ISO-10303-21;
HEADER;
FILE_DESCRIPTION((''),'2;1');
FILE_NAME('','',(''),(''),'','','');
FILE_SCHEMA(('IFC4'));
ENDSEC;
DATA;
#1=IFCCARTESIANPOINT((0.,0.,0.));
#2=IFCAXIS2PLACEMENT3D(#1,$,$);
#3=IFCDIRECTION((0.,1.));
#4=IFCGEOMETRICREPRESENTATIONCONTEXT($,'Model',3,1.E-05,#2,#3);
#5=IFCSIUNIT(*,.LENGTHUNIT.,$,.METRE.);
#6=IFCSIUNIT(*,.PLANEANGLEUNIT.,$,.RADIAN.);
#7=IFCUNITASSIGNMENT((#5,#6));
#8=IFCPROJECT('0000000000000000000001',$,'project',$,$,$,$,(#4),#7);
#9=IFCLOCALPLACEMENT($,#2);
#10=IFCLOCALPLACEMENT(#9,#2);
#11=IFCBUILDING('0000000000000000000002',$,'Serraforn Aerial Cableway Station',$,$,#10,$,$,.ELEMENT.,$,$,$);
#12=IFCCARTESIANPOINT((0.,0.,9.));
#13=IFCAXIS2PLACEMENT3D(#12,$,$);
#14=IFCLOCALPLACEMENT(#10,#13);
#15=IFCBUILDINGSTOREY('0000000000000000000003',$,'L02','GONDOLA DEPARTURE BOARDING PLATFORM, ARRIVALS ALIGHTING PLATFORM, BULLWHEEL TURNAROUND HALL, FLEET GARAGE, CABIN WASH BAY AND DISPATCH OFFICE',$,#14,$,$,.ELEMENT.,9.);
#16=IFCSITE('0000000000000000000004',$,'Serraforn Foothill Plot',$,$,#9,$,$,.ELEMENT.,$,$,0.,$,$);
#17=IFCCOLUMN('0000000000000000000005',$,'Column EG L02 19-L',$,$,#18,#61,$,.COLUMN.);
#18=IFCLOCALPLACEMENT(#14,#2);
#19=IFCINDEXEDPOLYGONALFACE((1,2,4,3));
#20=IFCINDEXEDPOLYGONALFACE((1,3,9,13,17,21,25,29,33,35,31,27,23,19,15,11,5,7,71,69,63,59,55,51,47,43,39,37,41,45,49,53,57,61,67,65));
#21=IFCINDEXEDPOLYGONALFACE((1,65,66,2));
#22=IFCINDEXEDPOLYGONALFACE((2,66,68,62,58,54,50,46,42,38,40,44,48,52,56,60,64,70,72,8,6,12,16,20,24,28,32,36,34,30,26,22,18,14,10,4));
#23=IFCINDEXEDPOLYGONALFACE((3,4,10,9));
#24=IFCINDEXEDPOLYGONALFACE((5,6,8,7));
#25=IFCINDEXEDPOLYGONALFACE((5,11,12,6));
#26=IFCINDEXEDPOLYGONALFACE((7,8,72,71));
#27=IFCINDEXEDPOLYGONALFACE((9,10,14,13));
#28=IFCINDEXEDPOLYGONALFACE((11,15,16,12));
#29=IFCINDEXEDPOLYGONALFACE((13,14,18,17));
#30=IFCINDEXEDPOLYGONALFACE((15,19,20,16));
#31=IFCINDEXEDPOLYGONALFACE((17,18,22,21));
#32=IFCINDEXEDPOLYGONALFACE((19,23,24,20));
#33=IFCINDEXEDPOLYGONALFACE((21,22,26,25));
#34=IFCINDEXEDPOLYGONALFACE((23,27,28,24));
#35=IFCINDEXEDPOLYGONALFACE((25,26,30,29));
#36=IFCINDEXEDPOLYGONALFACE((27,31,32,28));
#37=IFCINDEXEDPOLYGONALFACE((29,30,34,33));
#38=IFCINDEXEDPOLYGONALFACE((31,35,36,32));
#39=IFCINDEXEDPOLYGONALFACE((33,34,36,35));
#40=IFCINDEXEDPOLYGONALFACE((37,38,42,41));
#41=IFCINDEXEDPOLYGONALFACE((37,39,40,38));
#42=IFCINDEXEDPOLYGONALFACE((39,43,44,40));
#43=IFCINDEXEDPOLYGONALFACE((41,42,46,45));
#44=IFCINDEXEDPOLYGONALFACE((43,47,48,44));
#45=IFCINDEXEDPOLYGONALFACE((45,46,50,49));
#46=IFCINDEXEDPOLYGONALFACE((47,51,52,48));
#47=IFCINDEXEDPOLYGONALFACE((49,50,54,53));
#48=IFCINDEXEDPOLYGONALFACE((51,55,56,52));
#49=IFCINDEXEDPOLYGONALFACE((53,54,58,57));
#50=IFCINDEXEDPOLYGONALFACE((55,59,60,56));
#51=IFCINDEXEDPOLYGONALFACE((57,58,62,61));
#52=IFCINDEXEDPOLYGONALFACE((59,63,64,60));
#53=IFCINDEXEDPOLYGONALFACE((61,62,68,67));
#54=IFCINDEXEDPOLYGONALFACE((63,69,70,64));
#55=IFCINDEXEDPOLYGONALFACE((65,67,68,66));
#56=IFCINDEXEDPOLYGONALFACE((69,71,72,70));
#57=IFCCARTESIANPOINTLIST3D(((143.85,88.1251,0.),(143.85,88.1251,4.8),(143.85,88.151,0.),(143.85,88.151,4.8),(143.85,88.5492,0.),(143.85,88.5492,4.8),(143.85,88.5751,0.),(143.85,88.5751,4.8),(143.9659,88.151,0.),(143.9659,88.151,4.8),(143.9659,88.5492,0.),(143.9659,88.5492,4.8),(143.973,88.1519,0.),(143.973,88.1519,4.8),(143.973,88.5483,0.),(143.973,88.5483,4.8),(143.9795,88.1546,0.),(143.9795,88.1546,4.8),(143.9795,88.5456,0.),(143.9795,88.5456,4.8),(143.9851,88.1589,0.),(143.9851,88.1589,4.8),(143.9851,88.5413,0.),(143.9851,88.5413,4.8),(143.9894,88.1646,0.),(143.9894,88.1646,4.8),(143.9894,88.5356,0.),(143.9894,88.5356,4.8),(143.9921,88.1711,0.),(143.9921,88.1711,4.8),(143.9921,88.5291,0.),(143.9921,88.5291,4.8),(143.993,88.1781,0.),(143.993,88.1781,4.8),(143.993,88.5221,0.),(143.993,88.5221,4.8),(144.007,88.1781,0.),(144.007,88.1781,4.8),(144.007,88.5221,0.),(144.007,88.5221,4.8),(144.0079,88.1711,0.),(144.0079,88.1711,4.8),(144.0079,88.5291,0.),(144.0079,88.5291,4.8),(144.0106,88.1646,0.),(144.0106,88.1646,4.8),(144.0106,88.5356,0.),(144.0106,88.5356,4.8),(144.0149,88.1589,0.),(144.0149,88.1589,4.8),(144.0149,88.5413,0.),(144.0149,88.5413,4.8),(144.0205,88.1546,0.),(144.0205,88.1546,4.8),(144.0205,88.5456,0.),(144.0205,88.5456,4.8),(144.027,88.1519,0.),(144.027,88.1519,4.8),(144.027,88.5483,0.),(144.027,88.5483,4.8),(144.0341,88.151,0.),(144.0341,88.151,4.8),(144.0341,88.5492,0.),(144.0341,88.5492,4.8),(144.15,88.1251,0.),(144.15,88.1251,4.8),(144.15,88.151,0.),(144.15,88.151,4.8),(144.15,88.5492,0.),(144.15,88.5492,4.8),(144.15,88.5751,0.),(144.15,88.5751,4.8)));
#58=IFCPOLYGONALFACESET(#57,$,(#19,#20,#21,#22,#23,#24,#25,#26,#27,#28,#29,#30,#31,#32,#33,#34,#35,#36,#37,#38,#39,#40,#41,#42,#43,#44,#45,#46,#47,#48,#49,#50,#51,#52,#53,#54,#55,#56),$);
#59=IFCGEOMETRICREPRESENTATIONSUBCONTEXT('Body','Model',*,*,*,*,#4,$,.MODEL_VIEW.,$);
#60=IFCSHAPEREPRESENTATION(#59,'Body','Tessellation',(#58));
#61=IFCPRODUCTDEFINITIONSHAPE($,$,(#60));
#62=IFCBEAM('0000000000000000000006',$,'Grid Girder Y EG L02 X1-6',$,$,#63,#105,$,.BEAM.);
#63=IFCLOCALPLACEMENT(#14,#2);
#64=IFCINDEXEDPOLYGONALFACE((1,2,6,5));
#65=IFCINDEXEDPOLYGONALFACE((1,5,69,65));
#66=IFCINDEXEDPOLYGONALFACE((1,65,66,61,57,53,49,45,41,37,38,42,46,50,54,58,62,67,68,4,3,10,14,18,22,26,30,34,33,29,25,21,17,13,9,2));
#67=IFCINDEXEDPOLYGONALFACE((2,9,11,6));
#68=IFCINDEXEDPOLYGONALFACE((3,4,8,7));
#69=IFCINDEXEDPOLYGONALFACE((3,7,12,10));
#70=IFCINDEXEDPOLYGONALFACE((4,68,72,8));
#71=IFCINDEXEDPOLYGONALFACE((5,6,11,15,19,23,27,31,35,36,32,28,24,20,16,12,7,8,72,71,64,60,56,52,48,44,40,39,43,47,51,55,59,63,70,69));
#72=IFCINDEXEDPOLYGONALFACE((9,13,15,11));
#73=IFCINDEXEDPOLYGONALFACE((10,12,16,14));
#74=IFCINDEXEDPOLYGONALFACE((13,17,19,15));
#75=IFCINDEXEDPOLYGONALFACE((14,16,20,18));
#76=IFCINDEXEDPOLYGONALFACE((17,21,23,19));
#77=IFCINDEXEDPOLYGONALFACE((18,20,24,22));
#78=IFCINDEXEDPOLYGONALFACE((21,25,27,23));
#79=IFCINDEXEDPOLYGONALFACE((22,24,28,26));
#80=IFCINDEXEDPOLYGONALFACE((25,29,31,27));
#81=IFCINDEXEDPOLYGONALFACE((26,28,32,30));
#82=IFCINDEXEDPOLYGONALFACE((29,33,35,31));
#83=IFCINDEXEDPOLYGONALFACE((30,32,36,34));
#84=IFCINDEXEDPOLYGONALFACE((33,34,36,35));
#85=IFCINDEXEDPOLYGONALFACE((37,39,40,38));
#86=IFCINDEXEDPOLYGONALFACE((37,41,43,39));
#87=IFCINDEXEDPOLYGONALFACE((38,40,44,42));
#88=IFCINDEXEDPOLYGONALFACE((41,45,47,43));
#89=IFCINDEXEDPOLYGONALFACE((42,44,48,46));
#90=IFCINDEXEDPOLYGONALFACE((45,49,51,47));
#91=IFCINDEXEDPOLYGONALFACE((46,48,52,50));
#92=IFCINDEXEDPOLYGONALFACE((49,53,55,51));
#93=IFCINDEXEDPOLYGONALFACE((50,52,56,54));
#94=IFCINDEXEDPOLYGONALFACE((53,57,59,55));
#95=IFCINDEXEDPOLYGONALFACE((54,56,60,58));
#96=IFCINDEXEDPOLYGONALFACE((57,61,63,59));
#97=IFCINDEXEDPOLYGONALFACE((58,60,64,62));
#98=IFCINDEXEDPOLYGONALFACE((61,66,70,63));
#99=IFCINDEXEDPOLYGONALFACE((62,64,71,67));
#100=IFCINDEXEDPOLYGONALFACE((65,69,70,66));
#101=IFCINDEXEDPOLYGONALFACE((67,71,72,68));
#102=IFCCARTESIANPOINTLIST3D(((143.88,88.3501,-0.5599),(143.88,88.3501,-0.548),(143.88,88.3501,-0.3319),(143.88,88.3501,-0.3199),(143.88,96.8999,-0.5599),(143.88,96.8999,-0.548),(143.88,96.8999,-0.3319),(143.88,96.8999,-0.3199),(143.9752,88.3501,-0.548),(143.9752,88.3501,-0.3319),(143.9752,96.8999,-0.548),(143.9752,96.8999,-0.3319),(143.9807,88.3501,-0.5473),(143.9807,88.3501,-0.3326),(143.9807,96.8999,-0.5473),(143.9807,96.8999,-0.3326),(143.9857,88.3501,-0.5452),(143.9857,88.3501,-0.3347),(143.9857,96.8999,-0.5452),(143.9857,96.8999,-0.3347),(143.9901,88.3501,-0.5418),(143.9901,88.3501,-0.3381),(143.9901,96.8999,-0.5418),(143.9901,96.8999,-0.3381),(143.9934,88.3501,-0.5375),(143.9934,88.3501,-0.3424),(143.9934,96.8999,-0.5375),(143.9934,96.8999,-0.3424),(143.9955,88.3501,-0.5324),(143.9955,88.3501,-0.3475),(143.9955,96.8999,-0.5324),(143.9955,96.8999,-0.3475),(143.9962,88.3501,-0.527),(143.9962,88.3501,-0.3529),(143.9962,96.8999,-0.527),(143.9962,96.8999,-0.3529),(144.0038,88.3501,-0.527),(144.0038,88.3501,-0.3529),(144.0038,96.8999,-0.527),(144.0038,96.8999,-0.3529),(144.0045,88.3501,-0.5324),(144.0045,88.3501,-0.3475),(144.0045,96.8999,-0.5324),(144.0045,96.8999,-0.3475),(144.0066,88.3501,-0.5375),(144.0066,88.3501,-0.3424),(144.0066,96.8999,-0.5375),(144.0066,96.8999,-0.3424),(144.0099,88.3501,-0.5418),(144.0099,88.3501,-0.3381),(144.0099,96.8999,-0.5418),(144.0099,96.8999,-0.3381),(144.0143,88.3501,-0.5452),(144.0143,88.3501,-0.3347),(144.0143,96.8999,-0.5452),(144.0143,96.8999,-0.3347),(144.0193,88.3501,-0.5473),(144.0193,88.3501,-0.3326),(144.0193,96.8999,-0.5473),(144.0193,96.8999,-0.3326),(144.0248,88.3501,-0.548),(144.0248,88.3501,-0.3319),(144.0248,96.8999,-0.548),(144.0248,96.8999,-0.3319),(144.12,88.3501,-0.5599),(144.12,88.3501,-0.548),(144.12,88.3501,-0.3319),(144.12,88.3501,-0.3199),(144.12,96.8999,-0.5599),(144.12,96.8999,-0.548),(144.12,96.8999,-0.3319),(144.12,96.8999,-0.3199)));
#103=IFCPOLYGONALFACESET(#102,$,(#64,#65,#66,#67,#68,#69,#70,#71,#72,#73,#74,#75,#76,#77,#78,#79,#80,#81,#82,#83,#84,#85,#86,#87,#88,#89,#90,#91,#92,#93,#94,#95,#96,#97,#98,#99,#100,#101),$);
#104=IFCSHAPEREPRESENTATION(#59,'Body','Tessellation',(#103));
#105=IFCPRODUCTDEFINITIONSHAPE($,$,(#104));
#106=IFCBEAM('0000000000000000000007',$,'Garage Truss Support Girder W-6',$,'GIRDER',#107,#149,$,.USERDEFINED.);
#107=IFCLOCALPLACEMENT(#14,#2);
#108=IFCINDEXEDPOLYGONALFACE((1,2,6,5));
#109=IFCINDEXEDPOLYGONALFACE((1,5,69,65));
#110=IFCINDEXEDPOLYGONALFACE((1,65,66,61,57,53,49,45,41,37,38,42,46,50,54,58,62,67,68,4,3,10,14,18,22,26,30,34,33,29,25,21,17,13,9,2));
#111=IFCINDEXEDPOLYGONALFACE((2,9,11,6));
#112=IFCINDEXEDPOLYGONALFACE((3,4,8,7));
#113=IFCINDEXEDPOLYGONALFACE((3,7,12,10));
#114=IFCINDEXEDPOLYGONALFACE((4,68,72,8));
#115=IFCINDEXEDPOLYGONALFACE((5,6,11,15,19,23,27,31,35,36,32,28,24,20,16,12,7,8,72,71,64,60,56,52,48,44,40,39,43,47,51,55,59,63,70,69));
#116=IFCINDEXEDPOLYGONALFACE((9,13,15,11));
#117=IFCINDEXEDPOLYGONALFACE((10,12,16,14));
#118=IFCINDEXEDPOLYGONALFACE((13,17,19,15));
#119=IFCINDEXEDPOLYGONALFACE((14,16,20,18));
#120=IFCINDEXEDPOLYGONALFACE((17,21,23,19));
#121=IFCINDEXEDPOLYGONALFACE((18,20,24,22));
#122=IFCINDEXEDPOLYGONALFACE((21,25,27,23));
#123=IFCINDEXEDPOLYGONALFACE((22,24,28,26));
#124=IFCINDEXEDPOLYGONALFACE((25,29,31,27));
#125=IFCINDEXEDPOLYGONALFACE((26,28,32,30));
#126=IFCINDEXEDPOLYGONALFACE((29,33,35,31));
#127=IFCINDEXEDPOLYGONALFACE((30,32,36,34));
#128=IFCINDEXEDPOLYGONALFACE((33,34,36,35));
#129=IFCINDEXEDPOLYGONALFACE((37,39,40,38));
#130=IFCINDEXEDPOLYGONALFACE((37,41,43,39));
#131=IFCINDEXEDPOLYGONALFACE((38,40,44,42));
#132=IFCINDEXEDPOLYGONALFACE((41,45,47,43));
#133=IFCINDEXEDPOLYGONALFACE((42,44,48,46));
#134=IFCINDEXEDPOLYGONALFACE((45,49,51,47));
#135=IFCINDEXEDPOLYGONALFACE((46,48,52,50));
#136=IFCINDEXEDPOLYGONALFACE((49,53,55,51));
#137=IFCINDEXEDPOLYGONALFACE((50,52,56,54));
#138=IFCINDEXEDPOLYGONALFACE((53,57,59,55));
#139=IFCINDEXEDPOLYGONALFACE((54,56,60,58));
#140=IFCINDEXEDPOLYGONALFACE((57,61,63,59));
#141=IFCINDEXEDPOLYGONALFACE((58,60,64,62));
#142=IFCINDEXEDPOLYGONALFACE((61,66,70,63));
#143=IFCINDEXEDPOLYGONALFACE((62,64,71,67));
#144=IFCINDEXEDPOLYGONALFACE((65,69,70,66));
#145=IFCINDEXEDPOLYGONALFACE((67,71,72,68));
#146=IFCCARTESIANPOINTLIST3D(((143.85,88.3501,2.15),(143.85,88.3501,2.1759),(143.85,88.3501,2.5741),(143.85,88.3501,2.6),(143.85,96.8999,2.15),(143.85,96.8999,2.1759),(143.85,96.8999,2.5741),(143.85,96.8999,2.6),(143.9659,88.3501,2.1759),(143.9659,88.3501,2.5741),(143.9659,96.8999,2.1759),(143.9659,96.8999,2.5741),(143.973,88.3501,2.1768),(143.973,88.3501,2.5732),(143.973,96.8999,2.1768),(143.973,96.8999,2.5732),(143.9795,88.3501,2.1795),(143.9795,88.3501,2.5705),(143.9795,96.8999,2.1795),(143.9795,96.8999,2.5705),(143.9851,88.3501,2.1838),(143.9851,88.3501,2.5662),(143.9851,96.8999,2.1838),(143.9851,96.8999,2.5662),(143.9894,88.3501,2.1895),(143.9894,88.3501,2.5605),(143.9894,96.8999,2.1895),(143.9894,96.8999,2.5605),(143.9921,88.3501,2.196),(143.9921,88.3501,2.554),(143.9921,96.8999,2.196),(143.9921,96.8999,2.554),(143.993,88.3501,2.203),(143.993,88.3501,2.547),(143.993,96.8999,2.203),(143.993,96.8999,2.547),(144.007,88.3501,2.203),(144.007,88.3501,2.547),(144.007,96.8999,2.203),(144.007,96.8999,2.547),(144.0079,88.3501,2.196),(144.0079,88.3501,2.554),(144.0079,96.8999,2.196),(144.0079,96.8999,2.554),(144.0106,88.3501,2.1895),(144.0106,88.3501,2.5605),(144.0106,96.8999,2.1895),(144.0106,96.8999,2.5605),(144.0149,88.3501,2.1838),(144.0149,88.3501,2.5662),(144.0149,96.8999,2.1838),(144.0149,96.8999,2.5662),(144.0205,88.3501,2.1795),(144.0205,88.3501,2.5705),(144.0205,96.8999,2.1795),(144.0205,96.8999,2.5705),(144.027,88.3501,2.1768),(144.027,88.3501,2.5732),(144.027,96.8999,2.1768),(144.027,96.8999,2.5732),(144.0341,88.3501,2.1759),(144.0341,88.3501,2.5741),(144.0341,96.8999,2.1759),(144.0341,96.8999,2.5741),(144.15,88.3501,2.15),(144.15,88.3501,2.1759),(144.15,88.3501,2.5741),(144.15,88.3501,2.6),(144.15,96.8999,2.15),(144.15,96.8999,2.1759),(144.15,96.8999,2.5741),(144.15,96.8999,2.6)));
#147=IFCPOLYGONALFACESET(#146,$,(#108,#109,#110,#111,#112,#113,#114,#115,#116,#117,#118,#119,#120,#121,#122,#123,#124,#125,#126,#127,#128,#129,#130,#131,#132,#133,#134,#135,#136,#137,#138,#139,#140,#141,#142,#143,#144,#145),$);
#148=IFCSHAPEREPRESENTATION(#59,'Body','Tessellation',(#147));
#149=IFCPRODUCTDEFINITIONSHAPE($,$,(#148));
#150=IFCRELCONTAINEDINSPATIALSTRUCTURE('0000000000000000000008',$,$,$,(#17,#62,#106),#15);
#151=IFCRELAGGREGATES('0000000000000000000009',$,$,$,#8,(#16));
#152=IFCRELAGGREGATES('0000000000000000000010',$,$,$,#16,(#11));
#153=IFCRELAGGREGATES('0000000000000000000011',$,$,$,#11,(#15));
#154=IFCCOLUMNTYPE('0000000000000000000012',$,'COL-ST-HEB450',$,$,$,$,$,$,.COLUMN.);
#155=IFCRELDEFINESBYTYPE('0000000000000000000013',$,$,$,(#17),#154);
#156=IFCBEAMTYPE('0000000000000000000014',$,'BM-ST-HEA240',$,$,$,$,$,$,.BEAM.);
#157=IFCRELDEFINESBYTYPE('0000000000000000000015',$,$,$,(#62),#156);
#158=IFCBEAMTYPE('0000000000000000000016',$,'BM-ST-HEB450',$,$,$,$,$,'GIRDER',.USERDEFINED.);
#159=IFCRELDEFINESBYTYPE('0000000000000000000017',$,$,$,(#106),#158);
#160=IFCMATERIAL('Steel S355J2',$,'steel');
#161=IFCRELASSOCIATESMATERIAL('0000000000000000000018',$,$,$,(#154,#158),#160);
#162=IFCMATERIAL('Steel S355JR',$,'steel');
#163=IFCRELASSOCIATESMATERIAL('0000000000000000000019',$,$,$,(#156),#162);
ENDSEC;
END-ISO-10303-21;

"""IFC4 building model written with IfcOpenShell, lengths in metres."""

from ifc_helpers import new_model, si_unit, direction, frame, origin, origin_2d, place, context, subcontext, project, spatial, i_section, extrude, material, material_profile, profile_set, type_object, element, save


model = new_model("IFC4")

# Units and contexts
model_context = context("Model", 3, precision=1e-05, world=origin(), true_north=direction((0.0, 1.0)))
body_context = subcontext(model_context, "Body", "Model", "MODEL_VIEW")
ifc_project = project(units=[si_unit("LENGTHUNIT", "METRE"), si_unit("PLANEANGLEUNIT", "RADIAN")], contexts=[model_context])

# Site, building, storey
site_placement = place(None, origin())
site = spatial("IfcSite", under=ifc_project, at=site_placement, Name="Serraforn Foothill Plot", CompositionType="ELEMENT", RefElevation=0.0)
building_placement = place(site_placement, origin())
building = spatial("IfcBuilding", under=site, at=building_placement, Name="Serraforn Aerial Cableway Station", CompositionType="ELEMENT")
storey_placement = place(building_placement, frame((0.0, 0.0, 9.0)))
storey = spatial("IfcBuildingStorey", under=building, at=storey_placement, Name="L02", Description="GONDOLA DEPARTURE BOARDING PLATFORM, ARRIVALS ALIGHTING PLATFORM, BULLWHEEL TURNAROUND HALL, FLEET GARAGE, CABIN WASH BAY AND DISPATCH OFFICE", CompositionType="ELEMENT", Elevation=9.0)

# Column
ifc_material_1 = material(Name="Steel S355J2", Category="steel")
ifc_material_profile_1 = material_profile(ifc_material_1, i_section(OverallWidth=0.3, OverallDepth=0.45, WebThickness=0.0139, FlangeThickness=0.0259, FilletRadius=0.0271, at=origin_2d()), Name="HEB 450")
ifc_profile_set_1 = profile_set([ifc_material_profile_1], Name="Steel S355J2")
column_type = type_object("IfcColumnType", Name="COL-ST-HEB450", PredefinedType="COLUMN", material=ifc_profile_set_1)
column_placement = place(storey_placement, frame((144.0, 88.3501, 0.0), z_axis=(0.0, 0.0, 1.0), x_axis=(1.0, 0.0, 0.0)))
element("IfcColumn", 1, at=column_placement, inside=storey, type_object=column_type, Name="Column EG L02 19-L", PredefinedType="COLUMN", context=body_context, shape_type="SweptSolid", body=[
    extrude(i_section(OverallWidth=0.3, OverallDepth=0.45, WebThickness=0.0139, FlangeThickness=0.0259, FilletRadius=0.0271, at=origin_2d()), origin(), (0.0, 0.0, 1.0), 4.8),
])

# Beams
ifc_material_2 = material(Name="Steel S355JR", Category="steel")
ifc_material_profile_2 = material_profile(ifc_material_2, i_section(OverallWidth=0.24, OverallDepth=0.24, WebThickness=0.0076, FlangeThickness=0.012, FilletRadius=0.021, at=origin_2d()), Name="HEA 240")
ifc_profile_set_2 = profile_set([ifc_material_profile_2], Name="Steel S355JR")
beam_type_1 = type_object("IfcBeamType", Name="BM-ST-HEA240", PredefinedType="BEAM", material=ifc_profile_set_2)
beam_1_placement = place(storey_placement, frame((144.0, 88.3501, -0.4399), z_axis=(0.0, 1.0, 0.0), x_axis=(-1.0, 0.0, 0.0)))
element("IfcBeam", 2, at=beam_1_placement, inside=storey, type_object=beam_type_1, Name="Grid Girder Y EG L02 X1-6", PredefinedType="BEAM", context=body_context, shape_type="SweptSolid", body=[
    extrude(i_section(OverallWidth=0.24, OverallDepth=0.24, WebThickness=0.0076, FlangeThickness=0.012, FilletRadius=0.021, at=origin_2d()), origin(), (0.0, 0.0, 1.0), 8.5498),
])
ifc_material_profile_3 = material_profile(ifc_material_1, i_section(OverallWidth=0.3, OverallDepth=0.45, WebThickness=0.0139, FlangeThickness=0.0259, FilletRadius=0.0271, at=origin_2d()), Name="HEB 450")
ifc_profile_set_3 = profile_set([ifc_material_profile_3], Name="Steel S355J2")
beam_type_2 = type_object("IfcBeamType", Name="BM-ST-HEB450", ElementType="GIRDER", PredefinedType="USERDEFINED", material=ifc_profile_set_3)
beam_2_placement = place(storey_placement, frame((144.0, 88.3501, 2.375), z_axis=(0.0, 1.0, 0.0), x_axis=(-1.0, 0.0, 0.0)))
element("IfcBeam", 3, at=beam_2_placement, inside=storey, type_object=beam_type_2, Name="Garage Truss Support Girder W-6", ObjectType="GIRDER", PredefinedType="USERDEFINED", context=body_context, shape_type="SweptSolid", body=[
    extrude(i_section(OverallWidth=0.3, OverallDepth=0.45, WebThickness=0.0139, FlangeThickness=0.0259, FilletRadius=0.0271, at=origin_2d()), origin(), (0.0, 0.0, 1.0), 8.5498),
])

save(model, "model.ifc")
